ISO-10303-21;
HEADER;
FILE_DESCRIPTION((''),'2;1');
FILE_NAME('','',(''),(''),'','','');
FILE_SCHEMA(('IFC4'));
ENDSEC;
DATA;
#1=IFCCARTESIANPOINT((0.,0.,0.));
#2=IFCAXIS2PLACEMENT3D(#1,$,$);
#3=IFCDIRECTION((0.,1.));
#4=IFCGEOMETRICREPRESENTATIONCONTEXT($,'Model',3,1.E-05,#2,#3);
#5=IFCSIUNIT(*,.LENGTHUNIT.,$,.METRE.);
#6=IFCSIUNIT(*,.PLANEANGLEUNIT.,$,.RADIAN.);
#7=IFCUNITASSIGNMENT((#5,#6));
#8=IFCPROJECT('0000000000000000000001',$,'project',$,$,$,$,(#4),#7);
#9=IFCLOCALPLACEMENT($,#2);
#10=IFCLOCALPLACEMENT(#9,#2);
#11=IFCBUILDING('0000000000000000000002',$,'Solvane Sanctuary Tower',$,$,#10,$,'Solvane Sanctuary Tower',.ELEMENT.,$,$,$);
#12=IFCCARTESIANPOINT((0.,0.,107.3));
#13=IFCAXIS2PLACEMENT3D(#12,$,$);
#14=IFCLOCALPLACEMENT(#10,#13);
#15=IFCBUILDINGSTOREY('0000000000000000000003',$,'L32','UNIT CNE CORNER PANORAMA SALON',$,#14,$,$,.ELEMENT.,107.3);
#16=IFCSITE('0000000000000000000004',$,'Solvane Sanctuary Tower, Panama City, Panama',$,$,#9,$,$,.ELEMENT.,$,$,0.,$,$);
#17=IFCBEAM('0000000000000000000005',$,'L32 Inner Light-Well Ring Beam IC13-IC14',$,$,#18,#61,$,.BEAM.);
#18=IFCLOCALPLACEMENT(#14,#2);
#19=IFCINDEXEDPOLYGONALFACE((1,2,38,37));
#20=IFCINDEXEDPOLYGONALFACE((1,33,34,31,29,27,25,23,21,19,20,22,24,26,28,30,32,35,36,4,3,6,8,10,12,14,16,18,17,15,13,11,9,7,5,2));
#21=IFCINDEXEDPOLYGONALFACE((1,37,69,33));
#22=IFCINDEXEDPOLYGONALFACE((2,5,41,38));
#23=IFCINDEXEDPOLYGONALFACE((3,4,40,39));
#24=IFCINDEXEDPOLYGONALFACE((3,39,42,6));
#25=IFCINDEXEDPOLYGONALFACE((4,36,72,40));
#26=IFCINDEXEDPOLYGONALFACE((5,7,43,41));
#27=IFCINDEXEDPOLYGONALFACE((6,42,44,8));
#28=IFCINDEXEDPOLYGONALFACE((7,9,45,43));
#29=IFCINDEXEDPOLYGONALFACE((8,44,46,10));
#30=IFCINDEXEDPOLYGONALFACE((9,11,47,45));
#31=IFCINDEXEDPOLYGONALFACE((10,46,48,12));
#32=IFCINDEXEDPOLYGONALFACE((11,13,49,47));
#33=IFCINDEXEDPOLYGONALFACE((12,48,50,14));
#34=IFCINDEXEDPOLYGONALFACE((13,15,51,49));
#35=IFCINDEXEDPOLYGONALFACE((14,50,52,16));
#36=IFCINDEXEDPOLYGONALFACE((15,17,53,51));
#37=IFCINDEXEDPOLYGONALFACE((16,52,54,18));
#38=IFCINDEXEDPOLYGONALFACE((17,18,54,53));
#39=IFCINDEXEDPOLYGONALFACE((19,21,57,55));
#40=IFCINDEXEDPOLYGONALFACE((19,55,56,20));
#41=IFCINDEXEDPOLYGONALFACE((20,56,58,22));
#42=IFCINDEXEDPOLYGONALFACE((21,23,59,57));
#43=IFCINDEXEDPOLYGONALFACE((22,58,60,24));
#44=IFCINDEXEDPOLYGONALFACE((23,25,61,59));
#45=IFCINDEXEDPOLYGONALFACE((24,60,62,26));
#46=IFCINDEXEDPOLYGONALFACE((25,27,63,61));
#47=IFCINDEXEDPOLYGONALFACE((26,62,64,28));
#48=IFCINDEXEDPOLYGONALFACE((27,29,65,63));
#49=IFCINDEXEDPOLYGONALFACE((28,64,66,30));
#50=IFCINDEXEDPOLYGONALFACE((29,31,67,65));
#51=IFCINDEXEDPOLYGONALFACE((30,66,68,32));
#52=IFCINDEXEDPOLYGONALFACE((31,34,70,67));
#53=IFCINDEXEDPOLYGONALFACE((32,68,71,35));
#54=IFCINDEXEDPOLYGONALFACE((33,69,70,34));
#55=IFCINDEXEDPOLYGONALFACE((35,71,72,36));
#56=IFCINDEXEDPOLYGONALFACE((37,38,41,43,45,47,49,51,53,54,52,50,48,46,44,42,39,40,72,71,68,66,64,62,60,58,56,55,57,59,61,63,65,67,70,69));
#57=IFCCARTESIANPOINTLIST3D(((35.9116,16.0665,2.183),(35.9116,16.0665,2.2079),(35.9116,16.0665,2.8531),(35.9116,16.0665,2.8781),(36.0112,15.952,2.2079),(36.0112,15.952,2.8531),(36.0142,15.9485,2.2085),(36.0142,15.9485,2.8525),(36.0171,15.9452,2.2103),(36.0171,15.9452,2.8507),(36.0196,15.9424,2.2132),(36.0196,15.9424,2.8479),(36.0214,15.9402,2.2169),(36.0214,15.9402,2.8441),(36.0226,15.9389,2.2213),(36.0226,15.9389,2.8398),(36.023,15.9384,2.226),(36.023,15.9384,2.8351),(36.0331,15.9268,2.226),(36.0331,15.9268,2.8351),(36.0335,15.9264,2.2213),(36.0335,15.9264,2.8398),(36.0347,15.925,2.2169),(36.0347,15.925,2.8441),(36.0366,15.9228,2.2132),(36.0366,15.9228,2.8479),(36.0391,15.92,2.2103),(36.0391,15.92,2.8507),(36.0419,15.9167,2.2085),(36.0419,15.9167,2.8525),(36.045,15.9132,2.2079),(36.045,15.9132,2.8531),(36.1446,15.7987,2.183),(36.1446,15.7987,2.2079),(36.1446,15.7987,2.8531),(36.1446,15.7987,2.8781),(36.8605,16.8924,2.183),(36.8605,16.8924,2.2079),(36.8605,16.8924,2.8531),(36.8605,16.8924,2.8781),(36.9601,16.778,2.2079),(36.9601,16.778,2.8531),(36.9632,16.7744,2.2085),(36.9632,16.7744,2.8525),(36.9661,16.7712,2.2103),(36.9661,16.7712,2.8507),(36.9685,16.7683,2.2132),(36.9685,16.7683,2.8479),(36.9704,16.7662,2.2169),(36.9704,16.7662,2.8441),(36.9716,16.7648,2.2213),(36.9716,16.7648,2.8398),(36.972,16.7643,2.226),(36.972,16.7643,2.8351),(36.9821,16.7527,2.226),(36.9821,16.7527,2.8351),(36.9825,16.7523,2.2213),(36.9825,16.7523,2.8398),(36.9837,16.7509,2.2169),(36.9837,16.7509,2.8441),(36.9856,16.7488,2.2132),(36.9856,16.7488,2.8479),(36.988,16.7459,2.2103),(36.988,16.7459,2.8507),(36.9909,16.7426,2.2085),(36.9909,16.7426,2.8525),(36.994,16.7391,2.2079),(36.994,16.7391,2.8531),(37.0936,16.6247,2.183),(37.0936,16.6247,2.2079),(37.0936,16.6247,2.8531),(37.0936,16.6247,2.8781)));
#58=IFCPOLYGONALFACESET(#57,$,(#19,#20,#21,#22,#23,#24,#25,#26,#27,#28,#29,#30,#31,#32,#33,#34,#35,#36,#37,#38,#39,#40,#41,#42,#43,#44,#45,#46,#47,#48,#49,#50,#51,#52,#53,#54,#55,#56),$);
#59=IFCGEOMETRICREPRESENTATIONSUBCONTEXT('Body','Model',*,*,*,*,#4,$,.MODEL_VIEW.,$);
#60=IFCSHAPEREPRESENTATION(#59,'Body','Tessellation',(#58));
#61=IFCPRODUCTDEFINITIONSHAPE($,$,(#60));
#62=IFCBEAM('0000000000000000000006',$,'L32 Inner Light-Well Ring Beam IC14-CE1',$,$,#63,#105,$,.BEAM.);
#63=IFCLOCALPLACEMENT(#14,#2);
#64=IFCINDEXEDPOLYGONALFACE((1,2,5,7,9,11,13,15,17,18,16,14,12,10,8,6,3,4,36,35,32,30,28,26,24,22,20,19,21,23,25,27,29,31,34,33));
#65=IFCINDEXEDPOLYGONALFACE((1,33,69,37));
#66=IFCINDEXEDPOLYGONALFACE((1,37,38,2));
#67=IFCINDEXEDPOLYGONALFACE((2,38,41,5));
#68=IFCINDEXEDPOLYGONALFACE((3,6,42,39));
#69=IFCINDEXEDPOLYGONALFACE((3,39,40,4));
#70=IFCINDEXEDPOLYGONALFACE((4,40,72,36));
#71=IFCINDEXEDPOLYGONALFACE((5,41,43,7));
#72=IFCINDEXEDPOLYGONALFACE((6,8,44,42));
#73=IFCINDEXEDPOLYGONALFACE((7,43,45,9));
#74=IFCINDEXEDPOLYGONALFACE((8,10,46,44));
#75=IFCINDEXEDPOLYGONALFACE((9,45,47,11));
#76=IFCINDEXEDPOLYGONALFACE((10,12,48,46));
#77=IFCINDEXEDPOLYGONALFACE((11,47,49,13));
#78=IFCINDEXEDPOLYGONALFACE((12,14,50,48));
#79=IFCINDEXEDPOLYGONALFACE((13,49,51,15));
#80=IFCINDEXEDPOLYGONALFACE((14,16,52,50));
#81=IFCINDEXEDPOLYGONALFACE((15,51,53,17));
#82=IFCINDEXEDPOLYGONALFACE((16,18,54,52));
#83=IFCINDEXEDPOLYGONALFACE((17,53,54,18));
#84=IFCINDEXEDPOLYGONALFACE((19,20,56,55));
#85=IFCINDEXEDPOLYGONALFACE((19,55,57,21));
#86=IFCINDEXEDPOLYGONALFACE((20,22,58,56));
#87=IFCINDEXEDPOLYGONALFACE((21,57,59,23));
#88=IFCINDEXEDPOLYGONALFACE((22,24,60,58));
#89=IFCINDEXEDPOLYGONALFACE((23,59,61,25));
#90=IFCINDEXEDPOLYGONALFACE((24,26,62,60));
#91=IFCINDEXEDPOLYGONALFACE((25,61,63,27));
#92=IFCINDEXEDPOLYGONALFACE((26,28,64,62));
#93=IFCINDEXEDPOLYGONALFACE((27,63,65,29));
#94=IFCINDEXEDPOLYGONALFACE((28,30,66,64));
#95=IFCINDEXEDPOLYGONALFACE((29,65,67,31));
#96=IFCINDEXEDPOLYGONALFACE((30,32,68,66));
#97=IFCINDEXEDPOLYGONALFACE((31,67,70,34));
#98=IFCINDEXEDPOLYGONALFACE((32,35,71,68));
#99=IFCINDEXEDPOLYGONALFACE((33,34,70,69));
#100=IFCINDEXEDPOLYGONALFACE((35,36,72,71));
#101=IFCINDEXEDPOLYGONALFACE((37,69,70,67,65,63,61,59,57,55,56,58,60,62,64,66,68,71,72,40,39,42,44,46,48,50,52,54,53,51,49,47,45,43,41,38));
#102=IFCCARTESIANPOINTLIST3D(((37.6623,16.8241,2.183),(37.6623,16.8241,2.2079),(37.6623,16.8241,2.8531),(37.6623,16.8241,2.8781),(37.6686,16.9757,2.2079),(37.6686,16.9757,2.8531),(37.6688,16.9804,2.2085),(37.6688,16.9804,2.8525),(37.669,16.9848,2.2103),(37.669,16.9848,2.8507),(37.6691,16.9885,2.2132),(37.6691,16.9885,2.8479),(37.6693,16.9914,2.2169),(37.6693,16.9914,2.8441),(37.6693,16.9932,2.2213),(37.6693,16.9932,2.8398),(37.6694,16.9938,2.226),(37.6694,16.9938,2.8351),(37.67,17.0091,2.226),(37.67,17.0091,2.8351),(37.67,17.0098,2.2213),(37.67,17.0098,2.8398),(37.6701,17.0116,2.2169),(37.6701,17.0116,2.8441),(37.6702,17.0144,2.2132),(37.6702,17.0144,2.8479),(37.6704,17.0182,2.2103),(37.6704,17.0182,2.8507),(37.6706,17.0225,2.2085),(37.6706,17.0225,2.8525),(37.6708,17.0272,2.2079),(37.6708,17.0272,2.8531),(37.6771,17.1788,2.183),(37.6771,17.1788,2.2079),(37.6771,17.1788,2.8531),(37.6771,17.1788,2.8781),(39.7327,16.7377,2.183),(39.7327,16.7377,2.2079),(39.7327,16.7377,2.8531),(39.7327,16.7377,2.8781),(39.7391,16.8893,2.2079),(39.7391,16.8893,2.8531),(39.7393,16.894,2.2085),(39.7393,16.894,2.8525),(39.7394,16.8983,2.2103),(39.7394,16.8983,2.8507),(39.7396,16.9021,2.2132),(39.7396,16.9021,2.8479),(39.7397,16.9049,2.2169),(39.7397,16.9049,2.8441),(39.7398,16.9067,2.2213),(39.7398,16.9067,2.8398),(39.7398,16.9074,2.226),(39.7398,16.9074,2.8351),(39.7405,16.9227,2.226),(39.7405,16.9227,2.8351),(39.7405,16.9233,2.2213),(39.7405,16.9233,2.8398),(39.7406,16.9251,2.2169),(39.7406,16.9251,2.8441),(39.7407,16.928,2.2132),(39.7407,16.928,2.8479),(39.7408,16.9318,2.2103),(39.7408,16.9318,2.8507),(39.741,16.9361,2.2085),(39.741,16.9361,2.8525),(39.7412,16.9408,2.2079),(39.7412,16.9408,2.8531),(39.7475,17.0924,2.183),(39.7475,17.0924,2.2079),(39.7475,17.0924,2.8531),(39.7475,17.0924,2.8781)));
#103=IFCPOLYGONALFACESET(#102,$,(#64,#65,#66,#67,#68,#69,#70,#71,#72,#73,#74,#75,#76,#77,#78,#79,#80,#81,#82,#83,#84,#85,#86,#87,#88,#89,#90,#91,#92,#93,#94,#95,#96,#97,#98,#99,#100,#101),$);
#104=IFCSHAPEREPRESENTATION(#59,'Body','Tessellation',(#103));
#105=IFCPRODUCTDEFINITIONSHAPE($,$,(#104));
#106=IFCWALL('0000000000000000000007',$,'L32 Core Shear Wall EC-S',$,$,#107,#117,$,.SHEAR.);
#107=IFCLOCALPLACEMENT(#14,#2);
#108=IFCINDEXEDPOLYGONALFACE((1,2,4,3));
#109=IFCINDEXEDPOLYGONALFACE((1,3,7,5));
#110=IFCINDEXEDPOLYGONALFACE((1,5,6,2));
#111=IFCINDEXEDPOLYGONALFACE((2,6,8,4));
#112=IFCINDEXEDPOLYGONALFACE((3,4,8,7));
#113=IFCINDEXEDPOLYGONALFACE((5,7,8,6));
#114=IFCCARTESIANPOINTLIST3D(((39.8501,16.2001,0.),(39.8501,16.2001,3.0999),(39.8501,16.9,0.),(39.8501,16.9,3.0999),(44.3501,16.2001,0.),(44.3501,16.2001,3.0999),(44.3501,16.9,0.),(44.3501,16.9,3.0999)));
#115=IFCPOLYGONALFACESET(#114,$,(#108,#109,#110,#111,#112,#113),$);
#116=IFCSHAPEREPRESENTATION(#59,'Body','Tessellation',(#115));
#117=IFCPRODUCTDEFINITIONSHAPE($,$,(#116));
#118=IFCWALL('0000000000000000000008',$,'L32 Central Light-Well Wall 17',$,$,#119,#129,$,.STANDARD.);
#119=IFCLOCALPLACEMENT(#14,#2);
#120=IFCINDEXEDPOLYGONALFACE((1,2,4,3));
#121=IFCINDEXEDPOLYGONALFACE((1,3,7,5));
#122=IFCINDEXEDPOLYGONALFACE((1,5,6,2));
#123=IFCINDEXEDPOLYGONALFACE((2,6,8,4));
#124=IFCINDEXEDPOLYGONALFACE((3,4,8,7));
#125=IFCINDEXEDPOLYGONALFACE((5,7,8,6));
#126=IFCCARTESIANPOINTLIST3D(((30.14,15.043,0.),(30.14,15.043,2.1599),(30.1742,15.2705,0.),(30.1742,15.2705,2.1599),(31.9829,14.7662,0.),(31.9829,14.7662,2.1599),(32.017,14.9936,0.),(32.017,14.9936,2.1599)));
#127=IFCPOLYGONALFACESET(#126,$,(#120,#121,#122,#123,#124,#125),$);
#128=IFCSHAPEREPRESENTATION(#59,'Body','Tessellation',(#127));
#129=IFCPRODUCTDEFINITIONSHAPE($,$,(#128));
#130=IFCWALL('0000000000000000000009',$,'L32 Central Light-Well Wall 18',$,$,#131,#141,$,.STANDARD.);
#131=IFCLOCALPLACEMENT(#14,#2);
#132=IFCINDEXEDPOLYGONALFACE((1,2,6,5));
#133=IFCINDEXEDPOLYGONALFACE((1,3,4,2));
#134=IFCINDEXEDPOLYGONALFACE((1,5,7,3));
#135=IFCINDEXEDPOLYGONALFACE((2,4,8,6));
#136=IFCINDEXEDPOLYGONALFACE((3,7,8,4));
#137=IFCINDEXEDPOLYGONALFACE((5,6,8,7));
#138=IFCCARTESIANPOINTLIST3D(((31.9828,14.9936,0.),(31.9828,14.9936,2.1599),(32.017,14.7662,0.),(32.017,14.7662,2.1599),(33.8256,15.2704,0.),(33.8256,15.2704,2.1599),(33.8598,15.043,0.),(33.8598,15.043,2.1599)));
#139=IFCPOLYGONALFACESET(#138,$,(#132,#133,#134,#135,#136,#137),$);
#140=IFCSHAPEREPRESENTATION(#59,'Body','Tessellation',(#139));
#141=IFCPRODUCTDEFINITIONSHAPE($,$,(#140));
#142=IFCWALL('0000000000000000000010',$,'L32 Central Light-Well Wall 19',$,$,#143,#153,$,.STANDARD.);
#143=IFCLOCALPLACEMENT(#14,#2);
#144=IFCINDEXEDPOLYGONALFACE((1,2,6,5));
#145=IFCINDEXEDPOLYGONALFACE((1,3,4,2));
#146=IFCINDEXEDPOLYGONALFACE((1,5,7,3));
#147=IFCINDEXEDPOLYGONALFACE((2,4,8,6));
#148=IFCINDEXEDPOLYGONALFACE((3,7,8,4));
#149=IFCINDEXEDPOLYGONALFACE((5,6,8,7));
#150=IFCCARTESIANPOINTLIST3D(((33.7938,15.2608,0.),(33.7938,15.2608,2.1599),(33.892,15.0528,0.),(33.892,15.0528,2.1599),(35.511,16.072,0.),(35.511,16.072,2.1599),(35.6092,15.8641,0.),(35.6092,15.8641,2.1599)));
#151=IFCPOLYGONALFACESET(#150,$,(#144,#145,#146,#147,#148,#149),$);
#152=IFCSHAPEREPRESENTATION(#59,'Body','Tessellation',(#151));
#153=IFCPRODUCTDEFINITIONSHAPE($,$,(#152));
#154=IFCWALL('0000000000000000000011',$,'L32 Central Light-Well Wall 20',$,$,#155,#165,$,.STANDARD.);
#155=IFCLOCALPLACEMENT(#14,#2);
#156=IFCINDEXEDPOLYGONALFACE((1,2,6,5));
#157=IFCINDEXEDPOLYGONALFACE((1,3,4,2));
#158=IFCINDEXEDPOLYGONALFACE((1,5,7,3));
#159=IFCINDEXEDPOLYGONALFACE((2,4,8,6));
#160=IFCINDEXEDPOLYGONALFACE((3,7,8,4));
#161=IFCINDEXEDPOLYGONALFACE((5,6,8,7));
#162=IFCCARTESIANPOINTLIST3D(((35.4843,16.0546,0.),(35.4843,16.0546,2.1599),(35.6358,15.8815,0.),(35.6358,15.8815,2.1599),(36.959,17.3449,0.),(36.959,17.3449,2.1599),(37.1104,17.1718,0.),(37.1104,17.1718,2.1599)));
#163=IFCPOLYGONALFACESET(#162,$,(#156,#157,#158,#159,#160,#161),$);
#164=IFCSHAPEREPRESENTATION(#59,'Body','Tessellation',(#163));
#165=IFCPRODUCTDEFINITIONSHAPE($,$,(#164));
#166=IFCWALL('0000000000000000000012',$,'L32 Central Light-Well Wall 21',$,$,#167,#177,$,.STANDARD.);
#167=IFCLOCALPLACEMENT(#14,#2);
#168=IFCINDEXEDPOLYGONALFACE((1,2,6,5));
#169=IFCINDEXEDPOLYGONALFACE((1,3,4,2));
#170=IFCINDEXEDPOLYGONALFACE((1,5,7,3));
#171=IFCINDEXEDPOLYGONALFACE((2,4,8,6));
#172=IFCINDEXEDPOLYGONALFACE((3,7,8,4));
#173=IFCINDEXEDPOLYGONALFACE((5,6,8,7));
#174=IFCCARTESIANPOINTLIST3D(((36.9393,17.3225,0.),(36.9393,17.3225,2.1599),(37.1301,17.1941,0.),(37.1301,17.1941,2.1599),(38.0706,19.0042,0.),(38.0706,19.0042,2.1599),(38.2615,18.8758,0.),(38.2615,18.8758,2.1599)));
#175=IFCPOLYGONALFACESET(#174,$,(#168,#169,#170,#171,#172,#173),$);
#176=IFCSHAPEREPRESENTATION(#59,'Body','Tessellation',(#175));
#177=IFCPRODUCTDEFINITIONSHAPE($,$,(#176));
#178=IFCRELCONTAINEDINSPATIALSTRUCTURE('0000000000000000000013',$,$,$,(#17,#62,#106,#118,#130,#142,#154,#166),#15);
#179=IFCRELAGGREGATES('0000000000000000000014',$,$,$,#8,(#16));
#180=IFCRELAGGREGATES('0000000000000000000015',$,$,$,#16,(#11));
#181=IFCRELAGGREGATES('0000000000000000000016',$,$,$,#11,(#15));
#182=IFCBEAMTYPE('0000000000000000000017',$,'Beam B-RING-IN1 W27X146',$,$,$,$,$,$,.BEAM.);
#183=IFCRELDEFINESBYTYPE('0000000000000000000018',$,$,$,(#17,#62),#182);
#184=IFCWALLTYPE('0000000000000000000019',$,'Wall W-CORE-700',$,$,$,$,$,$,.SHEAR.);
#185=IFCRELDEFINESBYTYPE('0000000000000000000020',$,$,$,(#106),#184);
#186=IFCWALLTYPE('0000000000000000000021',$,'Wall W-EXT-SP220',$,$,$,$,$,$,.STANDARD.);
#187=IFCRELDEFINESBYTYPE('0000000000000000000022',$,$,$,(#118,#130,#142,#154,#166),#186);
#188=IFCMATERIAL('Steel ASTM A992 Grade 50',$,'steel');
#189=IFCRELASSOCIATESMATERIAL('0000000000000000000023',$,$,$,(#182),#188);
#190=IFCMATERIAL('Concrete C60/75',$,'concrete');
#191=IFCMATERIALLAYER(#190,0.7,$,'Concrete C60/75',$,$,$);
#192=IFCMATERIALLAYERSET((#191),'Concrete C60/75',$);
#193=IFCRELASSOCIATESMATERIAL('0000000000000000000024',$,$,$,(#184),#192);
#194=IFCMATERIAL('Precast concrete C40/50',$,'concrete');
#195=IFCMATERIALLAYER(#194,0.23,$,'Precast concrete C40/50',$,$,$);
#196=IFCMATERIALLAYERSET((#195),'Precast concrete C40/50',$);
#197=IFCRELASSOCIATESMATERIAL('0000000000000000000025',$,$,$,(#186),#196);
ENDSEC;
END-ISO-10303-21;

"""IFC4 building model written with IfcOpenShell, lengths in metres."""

from ifc_helpers import new_model, si_unit, direction, frame, frame_2d, origin, origin_2d, place, context, subcontext, project, spatial, rectangle, i_section, extrude, material, layer, layer_set, material_profile, profile_set, type_object, element, save


model = new_model("IFC4")

# Units and contexts
model_context = context("Model", 3, precision=1e-05, world=origin(), true_north=direction((0.0, 1.0)))
body_context = subcontext(model_context, "Body", "Model", "MODEL_VIEW")
ifc_project = project(units=[si_unit("LENGTHUNIT", "METRE"), si_unit("PLANEANGLEUNIT", "RADIAN")], contexts=[model_context])

# Site, building, storey
site_placement = place(None, origin())
site = spatial("IfcSite", under=ifc_project, at=site_placement, Name="Solvane Sanctuary Tower, Panama City, Panama", CompositionType="ELEMENT", RefElevation=0.0)
building_placement = place(site_placement, origin())
building = spatial("IfcBuilding", under=site, at=building_placement, Name="Solvane Sanctuary Tower", LongName="Solvane Sanctuary Tower", CompositionType="ELEMENT")
storey_placement = place(building_placement, frame((0.0, 0.0, 107.3)))
storey = spatial("IfcBuildingStorey", under=building, at=storey_placement, Name="L32", Description="UNIT CNE CORNER PANORAMA SALON", CompositionType="ELEMENT", Elevation=107.3)

# Shared definitions
ifc_material_1 = material(Name="Concrete C60/75", Category="concrete")

# Beams
ifc_material_2 = material(Name="Steel ASTM A992 Grade 50", Category="steel")
ifc_material_profile_1 = material_profile(ifc_material_2, i_section(OverallWidth=0.355, OverallDepth=0.6951, WebThickness=0.0154, FlangeThickness=0.0249, FilletRadius=0.0181, at=origin_2d()), Name="W27X146")
ifc_profile_set_1 = profile_set([ifc_material_profile_1], Name="Steel ASTM A992 Grade 50")
beam_type_1 = type_object("IfcBeamType", Name="Beam B-RING-IN1 W27X146", PredefinedType="BEAM", material=ifc_profile_set_1)
beam_1_placement = place(storey_placement, frame((36.0281, 15.9326, 2.5305), z_axis=(0.754317, 0.65651, 0.0), x_axis=(-0.65651, 0.754317, 0.0)))
element("IfcBeam", 1, at=beam_1_placement, inside=storey, type_object=beam_type_1, Name="L32 Inner Light-Well Ring Beam IC13-IC14", PredefinedType="BEAM", context=body_context, shape_type="SweptSolid", body=[
    extrude(i_section(OverallWidth=0.355, OverallDepth=0.6951, WebThickness=0.0154, FlangeThickness=0.0249, FilletRadius=0.0181, at=origin_2d()), origin(), (0.0, 0.0, 1.0), 1.2581),
])
beam_2_placement = place(storey_placement, frame((37.6697, 17.0015, 2.5305), z_axis=(0.99913, -0.041704, 0.0), x_axis=(0.041704, 0.99913, 0.0)))
element("IfcBeam", 2, at=beam_2_placement, inside=storey, type_object=beam_type_1, Name="L32 Inner Light-Well Ring Beam IC14-CE1", PredefinedType="BEAM", context=body_context, shape_type="SweptSolid", body=[
    extrude(i_section(OverallWidth=0.355, OverallDepth=0.6951, WebThickness=0.0154, FlangeThickness=0.0249, FilletRadius=0.0181, at=origin_2d()), origin(), (0.0, 0.0, 1.0), 2.0723),
])

# Walls
ifc_layer_1 = layer(ifc_material_1, 0.7, Name="Concrete C60/75")
ifc_layer_set_1 = layer_set([ifc_layer_1], Name="Concrete C60/75")
wall_type_1 = type_object("IfcWallType", Name="Wall W-CORE-700", PredefinedType="SHEAR", material=ifc_layer_set_1)
wall_1_placement = place(storey_placement, frame((39.8501, 16.55, 0.0), z_axis=(0.0, 0.0, 1.0), x_axis=(1.0, 0.0, 0.0)))
element("IfcWall", 3, at=wall_1_placement, inside=storey, type_object=wall_type_1, Name="L32 Core Shear Wall EC-S", PredefinedType="SHEAR", context=body_context, shape_type="SweptSolid", body=[
    extrude(rectangle(XDim=4.5, YDim=0.7, at=frame_2d((2.25, 0.0))), origin(), (0.0, 0.0, 1.0), 3.0999),
])
ifc_material_3 = material(Name="Precast concrete C40/50", Category="concrete")
ifc_layer_2 = layer(ifc_material_3, 0.23, Name="Precast concrete C40/50")
ifc_layer_set_2 = layer_set([ifc_layer_2], Name="Precast concrete C40/50")
wall_type_2 = type_object("IfcWallType", Name="Wall W-EXT-SP220", PredefinedType="STANDARD", material=ifc_layer_set_2)
for number, where, z_axis, x_axis, name in (
    (4, (30.1572, 15.1567, 0.0), (0.0, 0.0, 1.0), (0.988902, -0.148571, 0.0), "L32 Central Light-Well Wall 17"),
    (5, (32.0, 14.8799, 0.0), (0.0, 0.0, 1.0), (0.988902, 0.148571, 0.0), "L32 Central Light-Well Wall 18"),
):
    element("IfcWall", number, at=place(storey_placement, frame(where, z_axis=z_axis, x_axis=x_axis)), inside=storey, type_object=wall_type_2, Name=name, PredefinedType="STANDARD", context=body_context, shape_type="SweptSolid", body=[
        extrude(rectangle(XDim=1.8635, YDim=0.23, at=frame_2d((0.9316, 0.0))), origin(), (0.0, 0.0, 1.0), 2.1599),
    ])
wall_2_placement = place(storey_placement, frame((33.8428, 15.1567, 0.0), z_axis=(0.0, 0.0, 1.0), x_axis=(0.90418, 0.427152, 0.0)))
element("IfcWall", 6, at=wall_2_placement, inside=storey, type_object=wall_type_2, Name="L32 Central Light-Well Wall 19", PredefinedType="STANDARD", context=body_context, shape_type="SweptSolid", body=[
    extrude(rectangle(XDim=1.8992, YDim=0.23, at=frame_2d((0.9497, 0.0))), origin(), (0.0, 0.0, 1.0), 2.1599),
])
wall_3_placement = place(storey_placement, frame((35.5601, 15.968, 0.0), z_axis=(0.0, 0.0, 1.0), x_axis=(0.752577, 0.658505, 0.0)))
element("IfcWall", 7, at=wall_3_placement, inside=storey, type_object=wall_type_2, Name="L32 Central Light-Well Wall 20", PredefinedType="STANDARD", context=body_context, shape_type="SweptSolid", body=[
    extrude(rectangle(XDim=1.9595, YDim=0.23, at=frame_2d((0.9797, 0.0))), origin(), (0.0, 0.0, 1.0), 2.1599),
])
wall_4_placement = place(storey_placement, frame((37.0347, 17.2583, 0.0), z_axis=(0.0, 0.0, 1.0), x_axis=(0.558198, 0.829708, 0.0)))
element("IfcWall", 8, at=wall_4_placement, inside=storey, type_object=wall_type_2, Name="L32 Central Light-Well Wall 21", PredefinedType="STANDARD", context=body_context, shape_type="SweptSolid", body=[
    extrude(rectangle(XDim=2.0269, YDim=0.23, at=frame_2d((1.0134, 0.0))), origin(), (0.0, 0.0, 1.0), 2.1599),
])

save(model, "model.ifc")
